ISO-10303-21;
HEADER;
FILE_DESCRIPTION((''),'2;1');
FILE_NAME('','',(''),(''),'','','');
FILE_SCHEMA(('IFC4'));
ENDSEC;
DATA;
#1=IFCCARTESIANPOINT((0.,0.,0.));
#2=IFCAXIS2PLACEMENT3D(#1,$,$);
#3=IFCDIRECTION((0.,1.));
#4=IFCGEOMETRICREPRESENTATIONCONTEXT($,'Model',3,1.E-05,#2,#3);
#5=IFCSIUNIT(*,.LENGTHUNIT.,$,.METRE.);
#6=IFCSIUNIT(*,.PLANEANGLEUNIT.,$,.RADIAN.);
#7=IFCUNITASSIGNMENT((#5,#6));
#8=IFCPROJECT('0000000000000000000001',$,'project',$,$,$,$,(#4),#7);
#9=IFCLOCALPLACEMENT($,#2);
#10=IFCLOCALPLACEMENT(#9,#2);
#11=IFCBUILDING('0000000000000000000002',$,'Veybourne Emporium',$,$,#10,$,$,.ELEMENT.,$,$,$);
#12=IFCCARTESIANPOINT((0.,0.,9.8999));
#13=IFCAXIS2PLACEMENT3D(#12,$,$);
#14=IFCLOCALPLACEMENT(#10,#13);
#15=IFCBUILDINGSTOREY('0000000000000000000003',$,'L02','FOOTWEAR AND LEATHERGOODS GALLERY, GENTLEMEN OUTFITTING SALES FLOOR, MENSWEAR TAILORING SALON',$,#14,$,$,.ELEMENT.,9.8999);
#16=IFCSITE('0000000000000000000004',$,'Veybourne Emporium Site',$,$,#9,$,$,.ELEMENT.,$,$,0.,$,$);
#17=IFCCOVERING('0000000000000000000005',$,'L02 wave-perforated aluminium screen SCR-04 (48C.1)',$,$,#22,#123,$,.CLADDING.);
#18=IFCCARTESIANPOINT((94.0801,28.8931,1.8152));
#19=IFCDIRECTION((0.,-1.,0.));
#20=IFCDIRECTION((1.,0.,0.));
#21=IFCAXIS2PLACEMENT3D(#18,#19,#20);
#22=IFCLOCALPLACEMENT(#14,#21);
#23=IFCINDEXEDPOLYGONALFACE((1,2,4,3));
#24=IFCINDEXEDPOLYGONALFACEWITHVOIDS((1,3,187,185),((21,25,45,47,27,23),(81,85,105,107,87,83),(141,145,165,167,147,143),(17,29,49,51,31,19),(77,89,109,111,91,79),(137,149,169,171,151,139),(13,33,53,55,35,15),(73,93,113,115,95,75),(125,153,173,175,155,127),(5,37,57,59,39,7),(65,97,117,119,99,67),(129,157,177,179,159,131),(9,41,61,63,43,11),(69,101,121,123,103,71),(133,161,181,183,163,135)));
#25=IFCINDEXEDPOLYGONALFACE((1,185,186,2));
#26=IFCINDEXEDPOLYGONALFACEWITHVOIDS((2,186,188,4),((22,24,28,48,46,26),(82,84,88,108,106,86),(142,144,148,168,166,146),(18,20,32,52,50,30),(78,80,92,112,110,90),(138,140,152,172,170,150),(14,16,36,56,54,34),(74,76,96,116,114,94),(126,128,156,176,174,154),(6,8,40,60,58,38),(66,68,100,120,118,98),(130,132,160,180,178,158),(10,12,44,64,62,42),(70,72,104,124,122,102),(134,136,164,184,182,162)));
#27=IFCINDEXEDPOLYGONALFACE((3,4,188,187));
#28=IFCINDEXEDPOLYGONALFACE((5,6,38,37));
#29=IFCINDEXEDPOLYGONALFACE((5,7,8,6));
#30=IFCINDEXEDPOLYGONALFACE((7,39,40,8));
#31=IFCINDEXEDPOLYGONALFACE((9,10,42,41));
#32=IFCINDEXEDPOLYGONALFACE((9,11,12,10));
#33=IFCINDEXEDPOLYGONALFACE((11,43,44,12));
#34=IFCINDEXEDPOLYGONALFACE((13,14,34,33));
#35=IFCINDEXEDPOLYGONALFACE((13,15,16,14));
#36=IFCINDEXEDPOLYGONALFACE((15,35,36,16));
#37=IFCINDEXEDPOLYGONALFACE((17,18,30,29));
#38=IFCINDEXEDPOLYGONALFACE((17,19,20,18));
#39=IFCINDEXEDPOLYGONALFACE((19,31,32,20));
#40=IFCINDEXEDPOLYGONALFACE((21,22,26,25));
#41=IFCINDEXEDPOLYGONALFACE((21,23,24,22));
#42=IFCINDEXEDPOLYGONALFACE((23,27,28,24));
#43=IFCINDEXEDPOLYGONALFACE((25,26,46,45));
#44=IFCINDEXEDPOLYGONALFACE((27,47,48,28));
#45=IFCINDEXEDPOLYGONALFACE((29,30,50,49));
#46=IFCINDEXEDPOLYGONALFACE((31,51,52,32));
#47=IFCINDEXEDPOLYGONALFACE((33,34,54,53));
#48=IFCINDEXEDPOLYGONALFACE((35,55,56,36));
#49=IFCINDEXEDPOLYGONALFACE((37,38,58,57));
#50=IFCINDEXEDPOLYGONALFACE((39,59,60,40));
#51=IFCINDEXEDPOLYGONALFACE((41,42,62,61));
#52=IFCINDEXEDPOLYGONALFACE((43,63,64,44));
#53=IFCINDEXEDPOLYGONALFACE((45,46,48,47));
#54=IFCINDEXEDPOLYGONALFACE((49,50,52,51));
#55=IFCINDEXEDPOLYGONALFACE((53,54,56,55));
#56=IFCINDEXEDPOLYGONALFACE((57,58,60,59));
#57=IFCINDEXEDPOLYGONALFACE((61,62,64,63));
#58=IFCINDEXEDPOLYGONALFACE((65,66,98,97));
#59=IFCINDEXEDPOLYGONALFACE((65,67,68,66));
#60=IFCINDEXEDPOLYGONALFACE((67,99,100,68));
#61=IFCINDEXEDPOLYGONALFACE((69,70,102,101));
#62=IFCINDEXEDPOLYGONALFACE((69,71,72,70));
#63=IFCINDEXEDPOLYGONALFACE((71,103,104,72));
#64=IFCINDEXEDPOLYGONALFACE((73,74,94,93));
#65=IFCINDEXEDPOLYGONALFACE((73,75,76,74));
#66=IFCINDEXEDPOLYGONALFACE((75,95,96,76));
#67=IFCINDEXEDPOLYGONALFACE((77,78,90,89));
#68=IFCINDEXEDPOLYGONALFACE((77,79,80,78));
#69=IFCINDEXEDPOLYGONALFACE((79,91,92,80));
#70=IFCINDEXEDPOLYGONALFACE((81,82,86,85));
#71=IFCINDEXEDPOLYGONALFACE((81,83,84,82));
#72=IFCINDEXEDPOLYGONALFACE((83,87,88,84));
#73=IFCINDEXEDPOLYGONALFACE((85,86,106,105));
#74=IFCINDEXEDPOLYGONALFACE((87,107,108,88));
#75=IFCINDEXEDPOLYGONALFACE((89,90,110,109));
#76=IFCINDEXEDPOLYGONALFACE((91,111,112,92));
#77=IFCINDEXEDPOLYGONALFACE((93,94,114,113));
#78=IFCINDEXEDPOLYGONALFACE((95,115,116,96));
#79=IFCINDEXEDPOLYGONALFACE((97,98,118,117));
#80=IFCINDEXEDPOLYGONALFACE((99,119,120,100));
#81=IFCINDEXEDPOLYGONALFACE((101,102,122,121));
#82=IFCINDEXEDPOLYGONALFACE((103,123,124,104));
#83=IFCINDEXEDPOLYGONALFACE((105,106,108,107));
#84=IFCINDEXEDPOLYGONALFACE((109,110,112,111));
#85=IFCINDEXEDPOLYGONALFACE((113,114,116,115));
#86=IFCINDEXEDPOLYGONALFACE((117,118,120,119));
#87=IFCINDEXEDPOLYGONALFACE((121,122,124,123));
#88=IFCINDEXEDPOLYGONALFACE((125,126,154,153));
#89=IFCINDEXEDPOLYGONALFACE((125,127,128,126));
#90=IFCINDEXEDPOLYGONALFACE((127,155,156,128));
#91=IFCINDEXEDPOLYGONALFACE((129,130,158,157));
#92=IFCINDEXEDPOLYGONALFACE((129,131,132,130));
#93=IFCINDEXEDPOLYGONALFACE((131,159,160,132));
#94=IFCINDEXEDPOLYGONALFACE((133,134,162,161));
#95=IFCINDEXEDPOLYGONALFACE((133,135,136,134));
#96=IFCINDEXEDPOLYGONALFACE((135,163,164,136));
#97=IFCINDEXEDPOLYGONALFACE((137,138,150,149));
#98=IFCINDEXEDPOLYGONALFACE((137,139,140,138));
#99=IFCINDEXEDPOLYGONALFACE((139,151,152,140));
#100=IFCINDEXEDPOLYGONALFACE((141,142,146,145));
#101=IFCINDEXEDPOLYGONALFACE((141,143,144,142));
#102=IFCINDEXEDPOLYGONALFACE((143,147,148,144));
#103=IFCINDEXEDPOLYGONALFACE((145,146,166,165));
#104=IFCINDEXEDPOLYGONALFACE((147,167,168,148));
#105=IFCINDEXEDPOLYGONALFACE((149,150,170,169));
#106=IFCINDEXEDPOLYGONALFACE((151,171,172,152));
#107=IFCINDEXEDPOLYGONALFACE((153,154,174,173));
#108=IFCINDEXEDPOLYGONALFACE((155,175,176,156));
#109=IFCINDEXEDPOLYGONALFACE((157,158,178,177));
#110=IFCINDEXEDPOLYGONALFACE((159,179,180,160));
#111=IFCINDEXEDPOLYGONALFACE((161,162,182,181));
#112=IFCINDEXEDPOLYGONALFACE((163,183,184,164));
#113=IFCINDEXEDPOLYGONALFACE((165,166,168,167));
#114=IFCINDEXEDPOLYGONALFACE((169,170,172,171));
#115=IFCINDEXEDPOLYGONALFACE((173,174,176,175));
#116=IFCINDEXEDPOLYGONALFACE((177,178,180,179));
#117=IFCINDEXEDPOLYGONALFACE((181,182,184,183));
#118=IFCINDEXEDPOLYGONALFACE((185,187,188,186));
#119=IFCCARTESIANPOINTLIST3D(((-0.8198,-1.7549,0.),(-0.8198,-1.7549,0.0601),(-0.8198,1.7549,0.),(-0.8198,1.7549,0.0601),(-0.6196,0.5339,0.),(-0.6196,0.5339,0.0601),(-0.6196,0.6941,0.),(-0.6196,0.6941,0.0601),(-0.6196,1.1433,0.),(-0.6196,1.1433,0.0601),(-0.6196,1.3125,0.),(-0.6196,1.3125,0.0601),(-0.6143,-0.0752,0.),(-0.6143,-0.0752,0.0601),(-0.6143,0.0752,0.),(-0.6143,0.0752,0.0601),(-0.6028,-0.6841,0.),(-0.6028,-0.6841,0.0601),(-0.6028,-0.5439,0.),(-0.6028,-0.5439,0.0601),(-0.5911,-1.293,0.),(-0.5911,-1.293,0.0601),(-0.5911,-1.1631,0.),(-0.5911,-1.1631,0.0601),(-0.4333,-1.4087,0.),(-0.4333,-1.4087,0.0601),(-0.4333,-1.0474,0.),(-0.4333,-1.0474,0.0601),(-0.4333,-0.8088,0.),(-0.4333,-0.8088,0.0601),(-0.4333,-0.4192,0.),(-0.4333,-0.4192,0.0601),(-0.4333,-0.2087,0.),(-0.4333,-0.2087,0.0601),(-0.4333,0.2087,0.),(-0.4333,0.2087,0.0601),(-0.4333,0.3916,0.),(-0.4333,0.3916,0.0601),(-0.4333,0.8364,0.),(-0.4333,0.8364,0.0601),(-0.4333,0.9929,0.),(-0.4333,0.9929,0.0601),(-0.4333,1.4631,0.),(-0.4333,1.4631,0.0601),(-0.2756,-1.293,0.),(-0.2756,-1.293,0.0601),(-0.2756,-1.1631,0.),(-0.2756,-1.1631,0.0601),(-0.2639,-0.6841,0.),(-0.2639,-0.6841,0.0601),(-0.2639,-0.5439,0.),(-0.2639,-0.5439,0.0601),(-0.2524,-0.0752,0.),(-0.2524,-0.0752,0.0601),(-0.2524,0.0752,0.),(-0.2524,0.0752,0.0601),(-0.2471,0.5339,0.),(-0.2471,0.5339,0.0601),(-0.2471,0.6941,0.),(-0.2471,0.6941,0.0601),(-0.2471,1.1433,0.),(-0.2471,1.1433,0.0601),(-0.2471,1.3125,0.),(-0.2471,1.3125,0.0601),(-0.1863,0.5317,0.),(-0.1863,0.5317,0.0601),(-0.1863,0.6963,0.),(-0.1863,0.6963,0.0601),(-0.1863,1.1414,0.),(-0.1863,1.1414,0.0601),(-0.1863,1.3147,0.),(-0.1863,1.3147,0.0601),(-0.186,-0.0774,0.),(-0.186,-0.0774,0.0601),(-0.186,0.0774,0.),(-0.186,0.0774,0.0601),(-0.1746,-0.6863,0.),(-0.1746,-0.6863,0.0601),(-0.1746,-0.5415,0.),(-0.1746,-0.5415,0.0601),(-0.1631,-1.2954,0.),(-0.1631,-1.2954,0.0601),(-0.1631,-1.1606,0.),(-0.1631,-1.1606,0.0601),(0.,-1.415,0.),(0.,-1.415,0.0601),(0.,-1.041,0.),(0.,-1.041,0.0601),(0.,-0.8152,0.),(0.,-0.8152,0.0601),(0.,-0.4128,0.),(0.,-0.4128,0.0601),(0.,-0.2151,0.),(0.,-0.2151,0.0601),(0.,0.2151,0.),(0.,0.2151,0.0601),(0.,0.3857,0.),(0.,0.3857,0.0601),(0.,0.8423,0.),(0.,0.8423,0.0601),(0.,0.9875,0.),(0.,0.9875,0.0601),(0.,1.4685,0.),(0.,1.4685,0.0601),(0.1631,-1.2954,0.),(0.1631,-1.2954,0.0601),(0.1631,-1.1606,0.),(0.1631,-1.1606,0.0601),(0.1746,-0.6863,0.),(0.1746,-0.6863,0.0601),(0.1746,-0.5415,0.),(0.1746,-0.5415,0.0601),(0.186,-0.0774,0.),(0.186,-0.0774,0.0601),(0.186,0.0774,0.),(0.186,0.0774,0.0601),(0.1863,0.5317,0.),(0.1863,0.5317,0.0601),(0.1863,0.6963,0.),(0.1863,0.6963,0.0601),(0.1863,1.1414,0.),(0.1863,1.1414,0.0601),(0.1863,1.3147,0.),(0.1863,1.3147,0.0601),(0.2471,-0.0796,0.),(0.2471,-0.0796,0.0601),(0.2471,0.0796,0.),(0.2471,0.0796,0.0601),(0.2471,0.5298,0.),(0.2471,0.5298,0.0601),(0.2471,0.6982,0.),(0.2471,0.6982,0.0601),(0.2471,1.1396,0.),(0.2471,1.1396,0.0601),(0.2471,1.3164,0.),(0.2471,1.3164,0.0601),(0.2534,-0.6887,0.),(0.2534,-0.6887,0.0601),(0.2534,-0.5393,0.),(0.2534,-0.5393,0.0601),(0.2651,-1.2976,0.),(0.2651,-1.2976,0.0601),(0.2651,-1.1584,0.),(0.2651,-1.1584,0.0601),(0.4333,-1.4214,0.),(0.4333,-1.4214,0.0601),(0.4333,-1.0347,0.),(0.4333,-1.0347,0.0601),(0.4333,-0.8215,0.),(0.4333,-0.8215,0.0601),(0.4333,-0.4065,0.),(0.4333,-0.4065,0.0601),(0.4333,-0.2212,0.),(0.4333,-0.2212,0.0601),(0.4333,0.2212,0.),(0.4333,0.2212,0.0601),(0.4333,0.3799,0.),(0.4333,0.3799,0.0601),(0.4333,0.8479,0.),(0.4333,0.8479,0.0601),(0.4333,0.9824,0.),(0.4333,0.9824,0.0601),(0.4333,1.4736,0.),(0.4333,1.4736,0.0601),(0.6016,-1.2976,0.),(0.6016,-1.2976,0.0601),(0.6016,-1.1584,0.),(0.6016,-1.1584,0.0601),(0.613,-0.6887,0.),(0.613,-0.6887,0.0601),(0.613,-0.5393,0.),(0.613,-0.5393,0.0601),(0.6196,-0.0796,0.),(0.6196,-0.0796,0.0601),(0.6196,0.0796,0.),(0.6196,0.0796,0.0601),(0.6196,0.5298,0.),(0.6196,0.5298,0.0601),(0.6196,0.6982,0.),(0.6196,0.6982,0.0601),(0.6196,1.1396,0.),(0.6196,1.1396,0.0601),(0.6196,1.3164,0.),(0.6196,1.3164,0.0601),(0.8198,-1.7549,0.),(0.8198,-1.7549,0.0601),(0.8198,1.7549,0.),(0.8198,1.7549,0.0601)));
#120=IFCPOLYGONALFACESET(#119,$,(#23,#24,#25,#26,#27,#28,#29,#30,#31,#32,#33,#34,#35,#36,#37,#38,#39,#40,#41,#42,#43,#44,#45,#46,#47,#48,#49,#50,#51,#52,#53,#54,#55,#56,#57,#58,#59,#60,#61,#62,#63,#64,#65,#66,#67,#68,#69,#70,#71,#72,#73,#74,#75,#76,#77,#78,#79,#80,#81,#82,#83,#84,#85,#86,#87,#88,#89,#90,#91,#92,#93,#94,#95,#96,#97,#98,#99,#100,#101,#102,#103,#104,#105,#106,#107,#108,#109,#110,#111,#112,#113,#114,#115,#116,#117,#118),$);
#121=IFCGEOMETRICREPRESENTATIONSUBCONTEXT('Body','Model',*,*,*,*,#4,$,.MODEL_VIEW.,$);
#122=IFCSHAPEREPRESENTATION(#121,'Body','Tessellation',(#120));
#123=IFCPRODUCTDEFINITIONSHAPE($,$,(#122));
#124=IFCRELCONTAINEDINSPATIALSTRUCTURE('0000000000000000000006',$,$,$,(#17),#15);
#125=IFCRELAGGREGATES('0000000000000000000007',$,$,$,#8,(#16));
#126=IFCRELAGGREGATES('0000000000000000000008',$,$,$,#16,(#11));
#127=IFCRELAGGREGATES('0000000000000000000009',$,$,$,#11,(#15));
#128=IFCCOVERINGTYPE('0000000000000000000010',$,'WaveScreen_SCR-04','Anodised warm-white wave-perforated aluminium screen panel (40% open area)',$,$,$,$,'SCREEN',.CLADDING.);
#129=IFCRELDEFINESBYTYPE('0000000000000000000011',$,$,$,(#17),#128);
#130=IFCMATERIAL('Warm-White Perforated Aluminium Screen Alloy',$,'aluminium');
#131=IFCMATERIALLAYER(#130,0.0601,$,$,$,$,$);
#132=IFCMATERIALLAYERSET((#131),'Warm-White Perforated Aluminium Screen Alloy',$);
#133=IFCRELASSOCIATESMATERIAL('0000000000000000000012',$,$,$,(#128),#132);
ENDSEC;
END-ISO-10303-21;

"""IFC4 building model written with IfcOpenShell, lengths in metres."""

from ifc_helpers import new_model, si_unit, direction, frame, origin, place, context, subcontext, project, spatial, polyline, outline, extrude, material, layer, layer_set, type_object, element, save


model = new_model("IFC4")

# Units and contexts
model_context = context("Model", 3, precision=1e-05, world=origin(), true_north=direction((0.0, 1.0)))
body_context = subcontext(model_context, "Body", "Model", "MODEL_VIEW")
ifc_project = project(units=[si_unit("LENGTHUNIT", "METRE"), si_unit("PLANEANGLEUNIT", "RADIAN")], contexts=[model_context])

# Site, building, storey
site_placement = place(None, origin())
site = spatial("IfcSite", under=ifc_project, at=site_placement, Name="Veybourne Emporium Site", CompositionType="ELEMENT", RefElevation=0.0)
building_placement = place(site_placement, origin())
building = spatial("IfcBuilding", under=site, at=building_placement, Name="Veybourne Emporium", CompositionType="ELEMENT")
storey_placement = place(building_placement, frame((0.0, 0.0, 9.8999)))
storey = spatial("IfcBuildingStorey", under=building, at=storey_placement, Name="L02", Description="FOOTWEAR AND LEATHERGOODS GALLERY, GENTLEMEN OUTFITTING SALES FLOOR, MENSWEAR TAILORING SALON", CompositionType="ELEMENT", Elevation=9.8999)

# Covering
ifc_material_1 = material(Name="Warm-White Perforated Aluminium Screen Alloy", Category="aluminium")
ifc_layer_1 = layer(ifc_material_1, 0.0601)
ifc_layer_set_1 = layer_set([ifc_layer_1], Name="Warm-White Perforated Aluminium Screen Alloy")
covering_type_1 = type_object("IfcCoveringType", Name="WaveScreen_SCR-04", Description="Anodised warm-white wave-perforated aluminium screen panel (40% open area)", ElementType="SCREEN", PredefinedType="CLADDING", material=ifc_layer_set_1)
covering_1_placement = place(storey_placement, frame((94.0801, 28.8931, 1.8152), z_axis=(0.0, -1.0, 0.0), x_axis=(1.0, 0.0, 0.0)))
element("IfcCovering", 1, at=covering_1_placement, inside=storey, type_object=covering_type_1, Name="L02 wave-perforated aluminium screen SCR-04 (48C.1)", PredefinedType="CLADDING", context=body_context, shape_type="SweptSolid", body=[
    extrude(outline(polyline([(-0.8198, -1.7549), (0.8198, -1.7549), (0.8198, 1.7549), (-0.8198, 1.7549), (-0.8198, -1.7549)]), holes=[polyline([(-0.4333, -1.0474), (-0.2756, -1.1631), (-0.2756, -1.293), (-0.4333, -1.4087), (-0.5911, -1.293), (-0.5911, -1.1631), (-0.4333, -1.0474)]), polyline([(-0.4333, -0.4192), (-0.2639, -0.5439), (-0.2639, -0.6841), (-0.4333, -0.8088), (-0.6028, -0.6841), (-0.6028, -0.5439), (-0.4333, -0.4192)]), polyline([(-0.4333, 0.2087), (-0.2524, 0.0752), (-0.2524, -0.0752), (-0.4333, -0.2087), (-0.6143, -0.0752), (-0.6143, 0.0752), (-0.4333, 0.2087)]), polyline([(-0.4333, 0.8364), (-0.2471, 0.6941), (-0.2471, 0.5339), (-0.4333, 0.3916), (-0.6196, 0.5339), (-0.6196, 0.6941), (-0.4333, 0.8364)]), polyline([(-0.4333, 1.4631), (-0.2471, 1.3125), (-0.2471, 1.1433), (-0.4333, 0.9929), (-0.6196, 1.1433), (-0.6196, 1.3125), (-0.4333, 1.4631)]), polyline([(0.0, -1.041), (0.1631, -1.1606), (0.1631, -1.2954), (0.0, -1.415), (-0.1631, -1.2954), (-0.1631, -1.1606), (0.0, -1.041)]), polyline([(0.0, -0.4128), (0.1746, -0.5415), (0.1746, -0.6863), (0.0, -0.8152), (-0.1746, -0.6863), (-0.1746, -0.5415), (0.0, -0.4128)]), polyline([(0.0, 0.2151), (0.186, 0.0774), (0.186, -0.0774), (0.0, -0.2151), (-0.186, -0.0774), (-0.186, 0.0774), (0.0, 0.2151)]), polyline([(0.0, 0.8423), (0.1863, 0.6963), (0.1863, 0.5317), (0.0, 0.3857), (-0.1863, 0.5317), (-0.1863, 0.6963), (0.0, 0.8423)]), polyline([(0.0, 1.4685), (0.1863, 1.3147), (0.1863, 1.1414), (0.0, 0.9875), (-0.1863, 1.1414), (-0.1863, 1.3147), (0.0, 1.4685)]), polyline([(0.4333, -1.0347), (0.6016, -1.1584), (0.6016, -1.2976), (0.4333, -1.4214), (0.2651, -1.2976), (0.2651, -1.1584), (0.4333, -1.0347)]), polyline([(0.4333, -0.4065), (0.613, -0.5393), (0.613, -0.6887), (0.4333, -0.8215), (0.2534, -0.6887), (0.2534, -0.5393), (0.4333, -0.4065)]), polyline([(0.4333, 0.2212), (0.6196, 0.0796), (0.6196, -0.0796), (0.4333, -0.2212), (0.2471, -0.0796), (0.2471, 0.0796), (0.4333, 0.2212)]), polyline([(0.4333, 0.8479), (0.6196, 0.6982), (0.6196, 0.5298), (0.4333, 0.3799), (0.2471, 0.5298), (0.2471, 0.6982), (0.4333, 0.8479)]), polyline([(0.4333, 1.4736), (0.6196, 1.3164), (0.6196, 1.1396), (0.4333, 0.9824), (0.2471, 1.1396), (0.2471, 1.3164), (0.4333, 1.4736)])]), origin(), (0.0, 0.0, 1.0), 0.0601),
])

save(model, "model.ifc")
